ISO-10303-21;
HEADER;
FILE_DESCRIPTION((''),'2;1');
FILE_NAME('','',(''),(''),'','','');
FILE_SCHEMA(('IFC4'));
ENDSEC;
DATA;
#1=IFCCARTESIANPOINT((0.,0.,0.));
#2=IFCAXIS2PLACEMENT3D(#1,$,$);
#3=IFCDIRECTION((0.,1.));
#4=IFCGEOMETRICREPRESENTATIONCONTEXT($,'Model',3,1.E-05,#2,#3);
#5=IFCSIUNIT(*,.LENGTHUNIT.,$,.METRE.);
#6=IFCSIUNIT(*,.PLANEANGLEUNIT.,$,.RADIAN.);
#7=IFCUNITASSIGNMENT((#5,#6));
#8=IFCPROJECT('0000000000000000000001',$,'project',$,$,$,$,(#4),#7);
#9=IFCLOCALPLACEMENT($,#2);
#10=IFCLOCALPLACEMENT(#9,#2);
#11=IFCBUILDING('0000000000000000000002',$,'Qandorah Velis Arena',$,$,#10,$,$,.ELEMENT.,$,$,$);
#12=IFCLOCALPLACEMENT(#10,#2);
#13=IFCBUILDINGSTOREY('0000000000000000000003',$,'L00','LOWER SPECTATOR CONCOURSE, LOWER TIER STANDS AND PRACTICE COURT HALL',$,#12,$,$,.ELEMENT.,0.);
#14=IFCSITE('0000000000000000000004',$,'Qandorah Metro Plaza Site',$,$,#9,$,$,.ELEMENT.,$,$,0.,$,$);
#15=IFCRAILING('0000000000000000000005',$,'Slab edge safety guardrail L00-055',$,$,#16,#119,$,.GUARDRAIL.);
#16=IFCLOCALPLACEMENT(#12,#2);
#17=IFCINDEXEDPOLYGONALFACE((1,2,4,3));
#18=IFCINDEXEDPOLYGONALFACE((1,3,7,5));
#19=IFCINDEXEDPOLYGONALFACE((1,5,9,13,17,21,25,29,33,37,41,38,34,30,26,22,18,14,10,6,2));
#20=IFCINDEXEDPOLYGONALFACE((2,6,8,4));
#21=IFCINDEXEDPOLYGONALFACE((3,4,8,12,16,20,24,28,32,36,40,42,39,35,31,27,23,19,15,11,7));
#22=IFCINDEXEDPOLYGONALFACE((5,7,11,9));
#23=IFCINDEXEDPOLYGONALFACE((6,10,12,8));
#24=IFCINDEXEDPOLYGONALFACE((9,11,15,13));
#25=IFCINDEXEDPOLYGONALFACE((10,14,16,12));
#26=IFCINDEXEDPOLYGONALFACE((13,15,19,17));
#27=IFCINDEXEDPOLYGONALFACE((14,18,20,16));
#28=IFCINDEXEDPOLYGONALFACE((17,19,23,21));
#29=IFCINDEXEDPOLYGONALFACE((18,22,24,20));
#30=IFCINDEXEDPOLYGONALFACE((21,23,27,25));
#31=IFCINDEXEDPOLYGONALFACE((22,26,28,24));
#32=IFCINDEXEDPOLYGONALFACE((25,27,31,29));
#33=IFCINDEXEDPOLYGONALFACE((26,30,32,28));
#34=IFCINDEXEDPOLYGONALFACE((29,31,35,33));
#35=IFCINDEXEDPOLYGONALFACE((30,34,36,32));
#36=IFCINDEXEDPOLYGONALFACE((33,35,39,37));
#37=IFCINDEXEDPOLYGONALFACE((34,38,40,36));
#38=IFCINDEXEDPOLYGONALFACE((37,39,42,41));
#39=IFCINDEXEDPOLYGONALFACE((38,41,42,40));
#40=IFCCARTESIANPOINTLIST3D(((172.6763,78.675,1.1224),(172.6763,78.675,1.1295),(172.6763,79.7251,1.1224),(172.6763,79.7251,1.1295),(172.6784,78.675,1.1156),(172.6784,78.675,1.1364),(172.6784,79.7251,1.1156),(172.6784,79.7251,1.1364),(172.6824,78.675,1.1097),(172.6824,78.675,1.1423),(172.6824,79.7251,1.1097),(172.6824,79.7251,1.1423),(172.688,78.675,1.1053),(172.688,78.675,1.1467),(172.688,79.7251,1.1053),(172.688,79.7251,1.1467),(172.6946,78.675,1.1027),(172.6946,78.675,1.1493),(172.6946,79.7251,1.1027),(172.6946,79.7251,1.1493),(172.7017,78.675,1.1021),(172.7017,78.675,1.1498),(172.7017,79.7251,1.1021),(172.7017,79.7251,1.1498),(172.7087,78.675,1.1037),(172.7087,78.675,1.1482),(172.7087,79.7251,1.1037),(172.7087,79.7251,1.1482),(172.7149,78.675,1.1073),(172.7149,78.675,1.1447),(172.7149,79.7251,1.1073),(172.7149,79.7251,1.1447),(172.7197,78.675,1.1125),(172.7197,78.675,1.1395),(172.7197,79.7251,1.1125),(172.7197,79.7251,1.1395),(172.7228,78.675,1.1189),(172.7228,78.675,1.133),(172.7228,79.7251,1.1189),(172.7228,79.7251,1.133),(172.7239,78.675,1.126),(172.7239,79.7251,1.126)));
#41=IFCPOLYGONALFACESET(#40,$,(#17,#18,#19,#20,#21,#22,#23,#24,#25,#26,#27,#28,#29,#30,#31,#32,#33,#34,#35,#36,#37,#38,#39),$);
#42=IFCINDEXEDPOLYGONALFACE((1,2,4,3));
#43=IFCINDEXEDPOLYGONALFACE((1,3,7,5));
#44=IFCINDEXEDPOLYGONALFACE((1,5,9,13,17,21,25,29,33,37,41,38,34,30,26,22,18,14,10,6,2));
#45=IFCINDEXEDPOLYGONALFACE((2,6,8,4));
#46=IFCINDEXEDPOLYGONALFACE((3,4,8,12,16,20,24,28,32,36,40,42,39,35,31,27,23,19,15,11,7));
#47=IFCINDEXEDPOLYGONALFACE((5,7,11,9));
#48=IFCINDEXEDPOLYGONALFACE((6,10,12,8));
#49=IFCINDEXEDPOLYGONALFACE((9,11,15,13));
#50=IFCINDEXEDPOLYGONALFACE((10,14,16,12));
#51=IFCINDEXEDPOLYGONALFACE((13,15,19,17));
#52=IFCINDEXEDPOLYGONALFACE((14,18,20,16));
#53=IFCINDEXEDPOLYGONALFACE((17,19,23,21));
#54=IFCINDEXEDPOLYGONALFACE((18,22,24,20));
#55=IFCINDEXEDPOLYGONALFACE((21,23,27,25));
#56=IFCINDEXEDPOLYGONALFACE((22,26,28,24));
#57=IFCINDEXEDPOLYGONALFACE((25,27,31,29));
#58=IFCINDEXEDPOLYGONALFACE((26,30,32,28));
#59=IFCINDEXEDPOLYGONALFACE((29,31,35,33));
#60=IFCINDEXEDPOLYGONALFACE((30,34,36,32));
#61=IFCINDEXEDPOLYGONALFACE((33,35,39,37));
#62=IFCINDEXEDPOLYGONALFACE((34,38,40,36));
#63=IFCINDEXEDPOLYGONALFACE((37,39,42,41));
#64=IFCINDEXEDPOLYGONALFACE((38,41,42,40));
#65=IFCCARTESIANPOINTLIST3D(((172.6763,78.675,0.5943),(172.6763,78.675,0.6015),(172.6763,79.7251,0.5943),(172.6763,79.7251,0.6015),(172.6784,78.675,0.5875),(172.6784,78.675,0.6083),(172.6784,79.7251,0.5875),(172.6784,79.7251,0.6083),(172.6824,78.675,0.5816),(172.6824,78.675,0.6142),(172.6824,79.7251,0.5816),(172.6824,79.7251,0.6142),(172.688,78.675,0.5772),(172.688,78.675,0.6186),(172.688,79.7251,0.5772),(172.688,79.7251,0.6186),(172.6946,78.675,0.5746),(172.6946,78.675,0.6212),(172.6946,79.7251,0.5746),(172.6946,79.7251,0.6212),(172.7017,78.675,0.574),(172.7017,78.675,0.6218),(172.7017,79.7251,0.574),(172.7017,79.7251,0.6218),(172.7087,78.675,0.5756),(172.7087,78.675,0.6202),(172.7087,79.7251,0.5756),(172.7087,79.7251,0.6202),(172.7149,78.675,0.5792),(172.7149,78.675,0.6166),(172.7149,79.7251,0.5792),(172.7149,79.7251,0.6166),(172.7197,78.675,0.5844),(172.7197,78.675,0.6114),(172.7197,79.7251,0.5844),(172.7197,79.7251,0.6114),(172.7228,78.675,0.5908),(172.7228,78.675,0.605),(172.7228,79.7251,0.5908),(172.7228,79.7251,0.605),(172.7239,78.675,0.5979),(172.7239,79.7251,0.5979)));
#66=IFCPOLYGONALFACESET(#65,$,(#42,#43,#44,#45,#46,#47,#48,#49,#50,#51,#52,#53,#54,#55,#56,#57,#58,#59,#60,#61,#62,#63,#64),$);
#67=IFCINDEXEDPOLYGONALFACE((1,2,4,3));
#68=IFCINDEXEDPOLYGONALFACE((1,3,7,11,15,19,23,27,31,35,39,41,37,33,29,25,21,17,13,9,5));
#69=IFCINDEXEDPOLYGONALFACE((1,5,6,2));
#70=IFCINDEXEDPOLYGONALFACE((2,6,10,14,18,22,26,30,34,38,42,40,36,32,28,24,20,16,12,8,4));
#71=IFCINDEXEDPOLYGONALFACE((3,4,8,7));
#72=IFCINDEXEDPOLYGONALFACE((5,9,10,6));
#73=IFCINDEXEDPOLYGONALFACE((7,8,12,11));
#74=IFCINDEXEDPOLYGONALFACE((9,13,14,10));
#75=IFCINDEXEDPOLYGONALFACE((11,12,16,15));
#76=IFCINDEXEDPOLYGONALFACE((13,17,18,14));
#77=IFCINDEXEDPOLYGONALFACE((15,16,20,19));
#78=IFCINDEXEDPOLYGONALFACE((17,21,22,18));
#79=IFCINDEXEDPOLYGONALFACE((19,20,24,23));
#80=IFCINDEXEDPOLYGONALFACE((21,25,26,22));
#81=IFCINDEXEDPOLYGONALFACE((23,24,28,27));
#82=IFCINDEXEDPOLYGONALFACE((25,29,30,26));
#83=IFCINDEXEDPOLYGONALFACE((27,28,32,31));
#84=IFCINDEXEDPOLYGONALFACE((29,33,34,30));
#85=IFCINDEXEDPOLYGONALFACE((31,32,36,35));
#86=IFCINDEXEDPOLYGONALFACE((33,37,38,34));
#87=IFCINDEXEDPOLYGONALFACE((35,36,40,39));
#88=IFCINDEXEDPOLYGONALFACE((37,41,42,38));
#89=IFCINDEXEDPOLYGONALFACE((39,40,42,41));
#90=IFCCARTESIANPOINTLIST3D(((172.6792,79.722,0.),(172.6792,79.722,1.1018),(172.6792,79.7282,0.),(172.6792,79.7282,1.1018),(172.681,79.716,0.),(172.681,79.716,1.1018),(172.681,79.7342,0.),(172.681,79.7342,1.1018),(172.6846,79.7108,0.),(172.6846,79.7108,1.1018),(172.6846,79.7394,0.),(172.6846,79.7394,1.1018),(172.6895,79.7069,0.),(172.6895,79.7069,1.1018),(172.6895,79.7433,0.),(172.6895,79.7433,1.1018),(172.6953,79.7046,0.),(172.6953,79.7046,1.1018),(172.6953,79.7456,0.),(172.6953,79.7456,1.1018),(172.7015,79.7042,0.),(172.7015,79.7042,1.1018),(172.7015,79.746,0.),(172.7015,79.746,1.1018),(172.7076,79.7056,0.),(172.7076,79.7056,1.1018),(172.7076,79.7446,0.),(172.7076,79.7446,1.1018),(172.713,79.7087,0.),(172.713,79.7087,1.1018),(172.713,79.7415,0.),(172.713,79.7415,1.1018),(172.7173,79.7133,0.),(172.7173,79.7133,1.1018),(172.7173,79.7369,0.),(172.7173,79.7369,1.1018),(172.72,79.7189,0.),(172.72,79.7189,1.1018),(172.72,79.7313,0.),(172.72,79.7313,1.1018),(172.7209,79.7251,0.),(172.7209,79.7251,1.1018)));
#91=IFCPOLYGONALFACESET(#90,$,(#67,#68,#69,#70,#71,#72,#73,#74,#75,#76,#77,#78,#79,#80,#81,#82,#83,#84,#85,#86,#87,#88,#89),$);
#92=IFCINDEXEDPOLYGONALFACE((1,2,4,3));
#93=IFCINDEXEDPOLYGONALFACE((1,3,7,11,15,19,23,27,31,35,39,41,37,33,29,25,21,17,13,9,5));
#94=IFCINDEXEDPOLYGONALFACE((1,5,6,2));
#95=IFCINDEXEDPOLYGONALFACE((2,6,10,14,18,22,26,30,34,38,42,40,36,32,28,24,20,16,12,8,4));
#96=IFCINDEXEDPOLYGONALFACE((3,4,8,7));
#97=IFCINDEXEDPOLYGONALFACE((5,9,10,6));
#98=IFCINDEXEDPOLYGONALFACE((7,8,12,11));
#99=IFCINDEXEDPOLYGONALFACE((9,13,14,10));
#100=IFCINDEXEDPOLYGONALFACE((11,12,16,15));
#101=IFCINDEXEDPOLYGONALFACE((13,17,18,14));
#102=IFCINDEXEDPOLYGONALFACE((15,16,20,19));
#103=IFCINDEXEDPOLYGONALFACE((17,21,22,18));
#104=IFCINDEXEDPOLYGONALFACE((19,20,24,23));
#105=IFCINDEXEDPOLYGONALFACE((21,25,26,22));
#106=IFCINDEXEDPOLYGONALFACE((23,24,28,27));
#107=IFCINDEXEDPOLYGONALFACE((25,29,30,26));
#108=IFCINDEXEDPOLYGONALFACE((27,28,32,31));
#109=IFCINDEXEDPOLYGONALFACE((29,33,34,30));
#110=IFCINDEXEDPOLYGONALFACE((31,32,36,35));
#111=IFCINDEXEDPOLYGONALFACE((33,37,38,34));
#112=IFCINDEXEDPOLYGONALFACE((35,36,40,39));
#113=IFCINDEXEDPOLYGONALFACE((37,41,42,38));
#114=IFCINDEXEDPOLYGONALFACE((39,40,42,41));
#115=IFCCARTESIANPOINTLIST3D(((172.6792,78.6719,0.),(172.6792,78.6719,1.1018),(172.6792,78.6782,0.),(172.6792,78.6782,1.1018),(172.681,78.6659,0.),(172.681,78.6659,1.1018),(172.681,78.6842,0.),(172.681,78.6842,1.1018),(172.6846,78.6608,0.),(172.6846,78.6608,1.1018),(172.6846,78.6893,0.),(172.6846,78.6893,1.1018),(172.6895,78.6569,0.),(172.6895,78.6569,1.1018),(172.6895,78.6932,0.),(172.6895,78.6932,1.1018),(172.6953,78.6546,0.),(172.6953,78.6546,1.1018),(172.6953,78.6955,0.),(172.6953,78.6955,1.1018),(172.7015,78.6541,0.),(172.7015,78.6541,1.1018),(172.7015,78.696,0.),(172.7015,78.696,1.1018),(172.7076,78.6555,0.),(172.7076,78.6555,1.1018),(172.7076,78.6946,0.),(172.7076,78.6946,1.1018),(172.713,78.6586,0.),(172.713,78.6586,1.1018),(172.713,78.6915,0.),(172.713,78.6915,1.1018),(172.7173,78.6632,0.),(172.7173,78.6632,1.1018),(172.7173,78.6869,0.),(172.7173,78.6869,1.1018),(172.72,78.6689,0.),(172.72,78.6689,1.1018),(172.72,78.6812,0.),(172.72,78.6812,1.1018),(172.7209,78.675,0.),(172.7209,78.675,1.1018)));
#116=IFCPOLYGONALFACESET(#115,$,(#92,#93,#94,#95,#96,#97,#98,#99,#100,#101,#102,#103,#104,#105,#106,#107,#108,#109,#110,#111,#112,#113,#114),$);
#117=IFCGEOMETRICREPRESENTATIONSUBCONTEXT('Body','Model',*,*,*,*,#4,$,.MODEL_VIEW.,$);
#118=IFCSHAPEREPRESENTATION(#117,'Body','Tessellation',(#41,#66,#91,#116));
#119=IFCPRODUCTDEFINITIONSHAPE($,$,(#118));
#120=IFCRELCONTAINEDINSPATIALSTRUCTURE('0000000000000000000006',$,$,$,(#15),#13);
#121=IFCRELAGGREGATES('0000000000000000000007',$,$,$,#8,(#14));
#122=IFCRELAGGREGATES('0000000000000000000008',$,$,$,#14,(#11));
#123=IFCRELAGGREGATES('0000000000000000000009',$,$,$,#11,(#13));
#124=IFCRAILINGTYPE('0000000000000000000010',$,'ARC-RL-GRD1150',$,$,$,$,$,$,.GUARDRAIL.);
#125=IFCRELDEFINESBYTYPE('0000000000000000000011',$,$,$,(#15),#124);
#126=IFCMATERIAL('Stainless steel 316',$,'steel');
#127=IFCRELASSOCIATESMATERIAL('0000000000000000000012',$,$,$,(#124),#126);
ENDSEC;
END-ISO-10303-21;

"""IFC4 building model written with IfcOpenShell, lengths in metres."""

from ifc_helpers import new_model, si_unit, direction, frame, origin, origin_2d, place, context, subcontext, project, spatial, circle, extrude, material, type_object, element, save


model = new_model("IFC4")

# Units and contexts
model_context = context("Model", 3, precision=1e-05, world=origin(), true_north=direction((0.0, 1.0)))
body_context = subcontext(model_context, "Body", "Model", "MODEL_VIEW")
ifc_project = project(units=[si_unit("LENGTHUNIT", "METRE"), si_unit("PLANEANGLEUNIT", "RADIAN")], contexts=[model_context])

# Site, building, storey
site_placement = place(None, origin())
site = spatial("IfcSite", under=ifc_project, at=site_placement, Name="Qandorah Metro Plaza Site", CompositionType="ELEMENT", RefElevation=0.0)
building_placement = place(site_placement, origin())
building = spatial("IfcBuilding", under=site, at=building_placement, Name="Qandorah Velis Arena", CompositionType="ELEMENT")
storey_placement = place(building_placement, origin())
storey = spatial("IfcBuildingStorey", under=building, at=storey_placement, Name="L00", Description="LOWER SPECTATOR CONCOURSE, LOWER TIER STANDS AND PRACTICE COURT HALL", CompositionType="ELEMENT", Elevation=0.0)

# Railing
ifc_material_1 = material(Name="Stainless steel 316", Category="steel")
railing_type = type_object("IfcRailingType", Name="ARC-RL-GRD1150", PredefinedType="GUARDRAIL", material=ifc_material_1)
railing_placement = place(storey_placement, frame((172.7, 79.7251, 0.0)))
element("IfcRailing", 1, at=railing_placement, inside=storey, type_object=railing_type, Name="Slab edge safety guardrail L00-055", PredefinedType="GUARDRAIL", context=body_context, shape_type="SweptSolid", body=[
    extrude(circle(Radius=0.0239, at=origin_2d()), frame((0.0, 0.0, 1.126), z_axis=(0.0, -1.0, 0.0), x_axis=(1.0, 0.0, 0.0)), (0.0, 0.0, 1.0), 1.05),
    extrude(circle(Radius=0.0239, at=origin_2d()), frame((0.0, 0.0, 0.5979), z_axis=(0.0, -1.0, 0.0), x_axis=(1.0, 0.0, 0.0)), (0.0, 0.0, 1.0), 1.05),
    extrude(circle(Radius=0.021, at=origin_2d()), origin(), (0.0, 0.0, 1.0), 1.1018),
    extrude(circle(Radius=0.021, at=origin_2d()), frame((0.0, -1.05, 0.0)), (0.0, 0.0, 1.0), 1.1018),
])

save(model, "model.ifc")
